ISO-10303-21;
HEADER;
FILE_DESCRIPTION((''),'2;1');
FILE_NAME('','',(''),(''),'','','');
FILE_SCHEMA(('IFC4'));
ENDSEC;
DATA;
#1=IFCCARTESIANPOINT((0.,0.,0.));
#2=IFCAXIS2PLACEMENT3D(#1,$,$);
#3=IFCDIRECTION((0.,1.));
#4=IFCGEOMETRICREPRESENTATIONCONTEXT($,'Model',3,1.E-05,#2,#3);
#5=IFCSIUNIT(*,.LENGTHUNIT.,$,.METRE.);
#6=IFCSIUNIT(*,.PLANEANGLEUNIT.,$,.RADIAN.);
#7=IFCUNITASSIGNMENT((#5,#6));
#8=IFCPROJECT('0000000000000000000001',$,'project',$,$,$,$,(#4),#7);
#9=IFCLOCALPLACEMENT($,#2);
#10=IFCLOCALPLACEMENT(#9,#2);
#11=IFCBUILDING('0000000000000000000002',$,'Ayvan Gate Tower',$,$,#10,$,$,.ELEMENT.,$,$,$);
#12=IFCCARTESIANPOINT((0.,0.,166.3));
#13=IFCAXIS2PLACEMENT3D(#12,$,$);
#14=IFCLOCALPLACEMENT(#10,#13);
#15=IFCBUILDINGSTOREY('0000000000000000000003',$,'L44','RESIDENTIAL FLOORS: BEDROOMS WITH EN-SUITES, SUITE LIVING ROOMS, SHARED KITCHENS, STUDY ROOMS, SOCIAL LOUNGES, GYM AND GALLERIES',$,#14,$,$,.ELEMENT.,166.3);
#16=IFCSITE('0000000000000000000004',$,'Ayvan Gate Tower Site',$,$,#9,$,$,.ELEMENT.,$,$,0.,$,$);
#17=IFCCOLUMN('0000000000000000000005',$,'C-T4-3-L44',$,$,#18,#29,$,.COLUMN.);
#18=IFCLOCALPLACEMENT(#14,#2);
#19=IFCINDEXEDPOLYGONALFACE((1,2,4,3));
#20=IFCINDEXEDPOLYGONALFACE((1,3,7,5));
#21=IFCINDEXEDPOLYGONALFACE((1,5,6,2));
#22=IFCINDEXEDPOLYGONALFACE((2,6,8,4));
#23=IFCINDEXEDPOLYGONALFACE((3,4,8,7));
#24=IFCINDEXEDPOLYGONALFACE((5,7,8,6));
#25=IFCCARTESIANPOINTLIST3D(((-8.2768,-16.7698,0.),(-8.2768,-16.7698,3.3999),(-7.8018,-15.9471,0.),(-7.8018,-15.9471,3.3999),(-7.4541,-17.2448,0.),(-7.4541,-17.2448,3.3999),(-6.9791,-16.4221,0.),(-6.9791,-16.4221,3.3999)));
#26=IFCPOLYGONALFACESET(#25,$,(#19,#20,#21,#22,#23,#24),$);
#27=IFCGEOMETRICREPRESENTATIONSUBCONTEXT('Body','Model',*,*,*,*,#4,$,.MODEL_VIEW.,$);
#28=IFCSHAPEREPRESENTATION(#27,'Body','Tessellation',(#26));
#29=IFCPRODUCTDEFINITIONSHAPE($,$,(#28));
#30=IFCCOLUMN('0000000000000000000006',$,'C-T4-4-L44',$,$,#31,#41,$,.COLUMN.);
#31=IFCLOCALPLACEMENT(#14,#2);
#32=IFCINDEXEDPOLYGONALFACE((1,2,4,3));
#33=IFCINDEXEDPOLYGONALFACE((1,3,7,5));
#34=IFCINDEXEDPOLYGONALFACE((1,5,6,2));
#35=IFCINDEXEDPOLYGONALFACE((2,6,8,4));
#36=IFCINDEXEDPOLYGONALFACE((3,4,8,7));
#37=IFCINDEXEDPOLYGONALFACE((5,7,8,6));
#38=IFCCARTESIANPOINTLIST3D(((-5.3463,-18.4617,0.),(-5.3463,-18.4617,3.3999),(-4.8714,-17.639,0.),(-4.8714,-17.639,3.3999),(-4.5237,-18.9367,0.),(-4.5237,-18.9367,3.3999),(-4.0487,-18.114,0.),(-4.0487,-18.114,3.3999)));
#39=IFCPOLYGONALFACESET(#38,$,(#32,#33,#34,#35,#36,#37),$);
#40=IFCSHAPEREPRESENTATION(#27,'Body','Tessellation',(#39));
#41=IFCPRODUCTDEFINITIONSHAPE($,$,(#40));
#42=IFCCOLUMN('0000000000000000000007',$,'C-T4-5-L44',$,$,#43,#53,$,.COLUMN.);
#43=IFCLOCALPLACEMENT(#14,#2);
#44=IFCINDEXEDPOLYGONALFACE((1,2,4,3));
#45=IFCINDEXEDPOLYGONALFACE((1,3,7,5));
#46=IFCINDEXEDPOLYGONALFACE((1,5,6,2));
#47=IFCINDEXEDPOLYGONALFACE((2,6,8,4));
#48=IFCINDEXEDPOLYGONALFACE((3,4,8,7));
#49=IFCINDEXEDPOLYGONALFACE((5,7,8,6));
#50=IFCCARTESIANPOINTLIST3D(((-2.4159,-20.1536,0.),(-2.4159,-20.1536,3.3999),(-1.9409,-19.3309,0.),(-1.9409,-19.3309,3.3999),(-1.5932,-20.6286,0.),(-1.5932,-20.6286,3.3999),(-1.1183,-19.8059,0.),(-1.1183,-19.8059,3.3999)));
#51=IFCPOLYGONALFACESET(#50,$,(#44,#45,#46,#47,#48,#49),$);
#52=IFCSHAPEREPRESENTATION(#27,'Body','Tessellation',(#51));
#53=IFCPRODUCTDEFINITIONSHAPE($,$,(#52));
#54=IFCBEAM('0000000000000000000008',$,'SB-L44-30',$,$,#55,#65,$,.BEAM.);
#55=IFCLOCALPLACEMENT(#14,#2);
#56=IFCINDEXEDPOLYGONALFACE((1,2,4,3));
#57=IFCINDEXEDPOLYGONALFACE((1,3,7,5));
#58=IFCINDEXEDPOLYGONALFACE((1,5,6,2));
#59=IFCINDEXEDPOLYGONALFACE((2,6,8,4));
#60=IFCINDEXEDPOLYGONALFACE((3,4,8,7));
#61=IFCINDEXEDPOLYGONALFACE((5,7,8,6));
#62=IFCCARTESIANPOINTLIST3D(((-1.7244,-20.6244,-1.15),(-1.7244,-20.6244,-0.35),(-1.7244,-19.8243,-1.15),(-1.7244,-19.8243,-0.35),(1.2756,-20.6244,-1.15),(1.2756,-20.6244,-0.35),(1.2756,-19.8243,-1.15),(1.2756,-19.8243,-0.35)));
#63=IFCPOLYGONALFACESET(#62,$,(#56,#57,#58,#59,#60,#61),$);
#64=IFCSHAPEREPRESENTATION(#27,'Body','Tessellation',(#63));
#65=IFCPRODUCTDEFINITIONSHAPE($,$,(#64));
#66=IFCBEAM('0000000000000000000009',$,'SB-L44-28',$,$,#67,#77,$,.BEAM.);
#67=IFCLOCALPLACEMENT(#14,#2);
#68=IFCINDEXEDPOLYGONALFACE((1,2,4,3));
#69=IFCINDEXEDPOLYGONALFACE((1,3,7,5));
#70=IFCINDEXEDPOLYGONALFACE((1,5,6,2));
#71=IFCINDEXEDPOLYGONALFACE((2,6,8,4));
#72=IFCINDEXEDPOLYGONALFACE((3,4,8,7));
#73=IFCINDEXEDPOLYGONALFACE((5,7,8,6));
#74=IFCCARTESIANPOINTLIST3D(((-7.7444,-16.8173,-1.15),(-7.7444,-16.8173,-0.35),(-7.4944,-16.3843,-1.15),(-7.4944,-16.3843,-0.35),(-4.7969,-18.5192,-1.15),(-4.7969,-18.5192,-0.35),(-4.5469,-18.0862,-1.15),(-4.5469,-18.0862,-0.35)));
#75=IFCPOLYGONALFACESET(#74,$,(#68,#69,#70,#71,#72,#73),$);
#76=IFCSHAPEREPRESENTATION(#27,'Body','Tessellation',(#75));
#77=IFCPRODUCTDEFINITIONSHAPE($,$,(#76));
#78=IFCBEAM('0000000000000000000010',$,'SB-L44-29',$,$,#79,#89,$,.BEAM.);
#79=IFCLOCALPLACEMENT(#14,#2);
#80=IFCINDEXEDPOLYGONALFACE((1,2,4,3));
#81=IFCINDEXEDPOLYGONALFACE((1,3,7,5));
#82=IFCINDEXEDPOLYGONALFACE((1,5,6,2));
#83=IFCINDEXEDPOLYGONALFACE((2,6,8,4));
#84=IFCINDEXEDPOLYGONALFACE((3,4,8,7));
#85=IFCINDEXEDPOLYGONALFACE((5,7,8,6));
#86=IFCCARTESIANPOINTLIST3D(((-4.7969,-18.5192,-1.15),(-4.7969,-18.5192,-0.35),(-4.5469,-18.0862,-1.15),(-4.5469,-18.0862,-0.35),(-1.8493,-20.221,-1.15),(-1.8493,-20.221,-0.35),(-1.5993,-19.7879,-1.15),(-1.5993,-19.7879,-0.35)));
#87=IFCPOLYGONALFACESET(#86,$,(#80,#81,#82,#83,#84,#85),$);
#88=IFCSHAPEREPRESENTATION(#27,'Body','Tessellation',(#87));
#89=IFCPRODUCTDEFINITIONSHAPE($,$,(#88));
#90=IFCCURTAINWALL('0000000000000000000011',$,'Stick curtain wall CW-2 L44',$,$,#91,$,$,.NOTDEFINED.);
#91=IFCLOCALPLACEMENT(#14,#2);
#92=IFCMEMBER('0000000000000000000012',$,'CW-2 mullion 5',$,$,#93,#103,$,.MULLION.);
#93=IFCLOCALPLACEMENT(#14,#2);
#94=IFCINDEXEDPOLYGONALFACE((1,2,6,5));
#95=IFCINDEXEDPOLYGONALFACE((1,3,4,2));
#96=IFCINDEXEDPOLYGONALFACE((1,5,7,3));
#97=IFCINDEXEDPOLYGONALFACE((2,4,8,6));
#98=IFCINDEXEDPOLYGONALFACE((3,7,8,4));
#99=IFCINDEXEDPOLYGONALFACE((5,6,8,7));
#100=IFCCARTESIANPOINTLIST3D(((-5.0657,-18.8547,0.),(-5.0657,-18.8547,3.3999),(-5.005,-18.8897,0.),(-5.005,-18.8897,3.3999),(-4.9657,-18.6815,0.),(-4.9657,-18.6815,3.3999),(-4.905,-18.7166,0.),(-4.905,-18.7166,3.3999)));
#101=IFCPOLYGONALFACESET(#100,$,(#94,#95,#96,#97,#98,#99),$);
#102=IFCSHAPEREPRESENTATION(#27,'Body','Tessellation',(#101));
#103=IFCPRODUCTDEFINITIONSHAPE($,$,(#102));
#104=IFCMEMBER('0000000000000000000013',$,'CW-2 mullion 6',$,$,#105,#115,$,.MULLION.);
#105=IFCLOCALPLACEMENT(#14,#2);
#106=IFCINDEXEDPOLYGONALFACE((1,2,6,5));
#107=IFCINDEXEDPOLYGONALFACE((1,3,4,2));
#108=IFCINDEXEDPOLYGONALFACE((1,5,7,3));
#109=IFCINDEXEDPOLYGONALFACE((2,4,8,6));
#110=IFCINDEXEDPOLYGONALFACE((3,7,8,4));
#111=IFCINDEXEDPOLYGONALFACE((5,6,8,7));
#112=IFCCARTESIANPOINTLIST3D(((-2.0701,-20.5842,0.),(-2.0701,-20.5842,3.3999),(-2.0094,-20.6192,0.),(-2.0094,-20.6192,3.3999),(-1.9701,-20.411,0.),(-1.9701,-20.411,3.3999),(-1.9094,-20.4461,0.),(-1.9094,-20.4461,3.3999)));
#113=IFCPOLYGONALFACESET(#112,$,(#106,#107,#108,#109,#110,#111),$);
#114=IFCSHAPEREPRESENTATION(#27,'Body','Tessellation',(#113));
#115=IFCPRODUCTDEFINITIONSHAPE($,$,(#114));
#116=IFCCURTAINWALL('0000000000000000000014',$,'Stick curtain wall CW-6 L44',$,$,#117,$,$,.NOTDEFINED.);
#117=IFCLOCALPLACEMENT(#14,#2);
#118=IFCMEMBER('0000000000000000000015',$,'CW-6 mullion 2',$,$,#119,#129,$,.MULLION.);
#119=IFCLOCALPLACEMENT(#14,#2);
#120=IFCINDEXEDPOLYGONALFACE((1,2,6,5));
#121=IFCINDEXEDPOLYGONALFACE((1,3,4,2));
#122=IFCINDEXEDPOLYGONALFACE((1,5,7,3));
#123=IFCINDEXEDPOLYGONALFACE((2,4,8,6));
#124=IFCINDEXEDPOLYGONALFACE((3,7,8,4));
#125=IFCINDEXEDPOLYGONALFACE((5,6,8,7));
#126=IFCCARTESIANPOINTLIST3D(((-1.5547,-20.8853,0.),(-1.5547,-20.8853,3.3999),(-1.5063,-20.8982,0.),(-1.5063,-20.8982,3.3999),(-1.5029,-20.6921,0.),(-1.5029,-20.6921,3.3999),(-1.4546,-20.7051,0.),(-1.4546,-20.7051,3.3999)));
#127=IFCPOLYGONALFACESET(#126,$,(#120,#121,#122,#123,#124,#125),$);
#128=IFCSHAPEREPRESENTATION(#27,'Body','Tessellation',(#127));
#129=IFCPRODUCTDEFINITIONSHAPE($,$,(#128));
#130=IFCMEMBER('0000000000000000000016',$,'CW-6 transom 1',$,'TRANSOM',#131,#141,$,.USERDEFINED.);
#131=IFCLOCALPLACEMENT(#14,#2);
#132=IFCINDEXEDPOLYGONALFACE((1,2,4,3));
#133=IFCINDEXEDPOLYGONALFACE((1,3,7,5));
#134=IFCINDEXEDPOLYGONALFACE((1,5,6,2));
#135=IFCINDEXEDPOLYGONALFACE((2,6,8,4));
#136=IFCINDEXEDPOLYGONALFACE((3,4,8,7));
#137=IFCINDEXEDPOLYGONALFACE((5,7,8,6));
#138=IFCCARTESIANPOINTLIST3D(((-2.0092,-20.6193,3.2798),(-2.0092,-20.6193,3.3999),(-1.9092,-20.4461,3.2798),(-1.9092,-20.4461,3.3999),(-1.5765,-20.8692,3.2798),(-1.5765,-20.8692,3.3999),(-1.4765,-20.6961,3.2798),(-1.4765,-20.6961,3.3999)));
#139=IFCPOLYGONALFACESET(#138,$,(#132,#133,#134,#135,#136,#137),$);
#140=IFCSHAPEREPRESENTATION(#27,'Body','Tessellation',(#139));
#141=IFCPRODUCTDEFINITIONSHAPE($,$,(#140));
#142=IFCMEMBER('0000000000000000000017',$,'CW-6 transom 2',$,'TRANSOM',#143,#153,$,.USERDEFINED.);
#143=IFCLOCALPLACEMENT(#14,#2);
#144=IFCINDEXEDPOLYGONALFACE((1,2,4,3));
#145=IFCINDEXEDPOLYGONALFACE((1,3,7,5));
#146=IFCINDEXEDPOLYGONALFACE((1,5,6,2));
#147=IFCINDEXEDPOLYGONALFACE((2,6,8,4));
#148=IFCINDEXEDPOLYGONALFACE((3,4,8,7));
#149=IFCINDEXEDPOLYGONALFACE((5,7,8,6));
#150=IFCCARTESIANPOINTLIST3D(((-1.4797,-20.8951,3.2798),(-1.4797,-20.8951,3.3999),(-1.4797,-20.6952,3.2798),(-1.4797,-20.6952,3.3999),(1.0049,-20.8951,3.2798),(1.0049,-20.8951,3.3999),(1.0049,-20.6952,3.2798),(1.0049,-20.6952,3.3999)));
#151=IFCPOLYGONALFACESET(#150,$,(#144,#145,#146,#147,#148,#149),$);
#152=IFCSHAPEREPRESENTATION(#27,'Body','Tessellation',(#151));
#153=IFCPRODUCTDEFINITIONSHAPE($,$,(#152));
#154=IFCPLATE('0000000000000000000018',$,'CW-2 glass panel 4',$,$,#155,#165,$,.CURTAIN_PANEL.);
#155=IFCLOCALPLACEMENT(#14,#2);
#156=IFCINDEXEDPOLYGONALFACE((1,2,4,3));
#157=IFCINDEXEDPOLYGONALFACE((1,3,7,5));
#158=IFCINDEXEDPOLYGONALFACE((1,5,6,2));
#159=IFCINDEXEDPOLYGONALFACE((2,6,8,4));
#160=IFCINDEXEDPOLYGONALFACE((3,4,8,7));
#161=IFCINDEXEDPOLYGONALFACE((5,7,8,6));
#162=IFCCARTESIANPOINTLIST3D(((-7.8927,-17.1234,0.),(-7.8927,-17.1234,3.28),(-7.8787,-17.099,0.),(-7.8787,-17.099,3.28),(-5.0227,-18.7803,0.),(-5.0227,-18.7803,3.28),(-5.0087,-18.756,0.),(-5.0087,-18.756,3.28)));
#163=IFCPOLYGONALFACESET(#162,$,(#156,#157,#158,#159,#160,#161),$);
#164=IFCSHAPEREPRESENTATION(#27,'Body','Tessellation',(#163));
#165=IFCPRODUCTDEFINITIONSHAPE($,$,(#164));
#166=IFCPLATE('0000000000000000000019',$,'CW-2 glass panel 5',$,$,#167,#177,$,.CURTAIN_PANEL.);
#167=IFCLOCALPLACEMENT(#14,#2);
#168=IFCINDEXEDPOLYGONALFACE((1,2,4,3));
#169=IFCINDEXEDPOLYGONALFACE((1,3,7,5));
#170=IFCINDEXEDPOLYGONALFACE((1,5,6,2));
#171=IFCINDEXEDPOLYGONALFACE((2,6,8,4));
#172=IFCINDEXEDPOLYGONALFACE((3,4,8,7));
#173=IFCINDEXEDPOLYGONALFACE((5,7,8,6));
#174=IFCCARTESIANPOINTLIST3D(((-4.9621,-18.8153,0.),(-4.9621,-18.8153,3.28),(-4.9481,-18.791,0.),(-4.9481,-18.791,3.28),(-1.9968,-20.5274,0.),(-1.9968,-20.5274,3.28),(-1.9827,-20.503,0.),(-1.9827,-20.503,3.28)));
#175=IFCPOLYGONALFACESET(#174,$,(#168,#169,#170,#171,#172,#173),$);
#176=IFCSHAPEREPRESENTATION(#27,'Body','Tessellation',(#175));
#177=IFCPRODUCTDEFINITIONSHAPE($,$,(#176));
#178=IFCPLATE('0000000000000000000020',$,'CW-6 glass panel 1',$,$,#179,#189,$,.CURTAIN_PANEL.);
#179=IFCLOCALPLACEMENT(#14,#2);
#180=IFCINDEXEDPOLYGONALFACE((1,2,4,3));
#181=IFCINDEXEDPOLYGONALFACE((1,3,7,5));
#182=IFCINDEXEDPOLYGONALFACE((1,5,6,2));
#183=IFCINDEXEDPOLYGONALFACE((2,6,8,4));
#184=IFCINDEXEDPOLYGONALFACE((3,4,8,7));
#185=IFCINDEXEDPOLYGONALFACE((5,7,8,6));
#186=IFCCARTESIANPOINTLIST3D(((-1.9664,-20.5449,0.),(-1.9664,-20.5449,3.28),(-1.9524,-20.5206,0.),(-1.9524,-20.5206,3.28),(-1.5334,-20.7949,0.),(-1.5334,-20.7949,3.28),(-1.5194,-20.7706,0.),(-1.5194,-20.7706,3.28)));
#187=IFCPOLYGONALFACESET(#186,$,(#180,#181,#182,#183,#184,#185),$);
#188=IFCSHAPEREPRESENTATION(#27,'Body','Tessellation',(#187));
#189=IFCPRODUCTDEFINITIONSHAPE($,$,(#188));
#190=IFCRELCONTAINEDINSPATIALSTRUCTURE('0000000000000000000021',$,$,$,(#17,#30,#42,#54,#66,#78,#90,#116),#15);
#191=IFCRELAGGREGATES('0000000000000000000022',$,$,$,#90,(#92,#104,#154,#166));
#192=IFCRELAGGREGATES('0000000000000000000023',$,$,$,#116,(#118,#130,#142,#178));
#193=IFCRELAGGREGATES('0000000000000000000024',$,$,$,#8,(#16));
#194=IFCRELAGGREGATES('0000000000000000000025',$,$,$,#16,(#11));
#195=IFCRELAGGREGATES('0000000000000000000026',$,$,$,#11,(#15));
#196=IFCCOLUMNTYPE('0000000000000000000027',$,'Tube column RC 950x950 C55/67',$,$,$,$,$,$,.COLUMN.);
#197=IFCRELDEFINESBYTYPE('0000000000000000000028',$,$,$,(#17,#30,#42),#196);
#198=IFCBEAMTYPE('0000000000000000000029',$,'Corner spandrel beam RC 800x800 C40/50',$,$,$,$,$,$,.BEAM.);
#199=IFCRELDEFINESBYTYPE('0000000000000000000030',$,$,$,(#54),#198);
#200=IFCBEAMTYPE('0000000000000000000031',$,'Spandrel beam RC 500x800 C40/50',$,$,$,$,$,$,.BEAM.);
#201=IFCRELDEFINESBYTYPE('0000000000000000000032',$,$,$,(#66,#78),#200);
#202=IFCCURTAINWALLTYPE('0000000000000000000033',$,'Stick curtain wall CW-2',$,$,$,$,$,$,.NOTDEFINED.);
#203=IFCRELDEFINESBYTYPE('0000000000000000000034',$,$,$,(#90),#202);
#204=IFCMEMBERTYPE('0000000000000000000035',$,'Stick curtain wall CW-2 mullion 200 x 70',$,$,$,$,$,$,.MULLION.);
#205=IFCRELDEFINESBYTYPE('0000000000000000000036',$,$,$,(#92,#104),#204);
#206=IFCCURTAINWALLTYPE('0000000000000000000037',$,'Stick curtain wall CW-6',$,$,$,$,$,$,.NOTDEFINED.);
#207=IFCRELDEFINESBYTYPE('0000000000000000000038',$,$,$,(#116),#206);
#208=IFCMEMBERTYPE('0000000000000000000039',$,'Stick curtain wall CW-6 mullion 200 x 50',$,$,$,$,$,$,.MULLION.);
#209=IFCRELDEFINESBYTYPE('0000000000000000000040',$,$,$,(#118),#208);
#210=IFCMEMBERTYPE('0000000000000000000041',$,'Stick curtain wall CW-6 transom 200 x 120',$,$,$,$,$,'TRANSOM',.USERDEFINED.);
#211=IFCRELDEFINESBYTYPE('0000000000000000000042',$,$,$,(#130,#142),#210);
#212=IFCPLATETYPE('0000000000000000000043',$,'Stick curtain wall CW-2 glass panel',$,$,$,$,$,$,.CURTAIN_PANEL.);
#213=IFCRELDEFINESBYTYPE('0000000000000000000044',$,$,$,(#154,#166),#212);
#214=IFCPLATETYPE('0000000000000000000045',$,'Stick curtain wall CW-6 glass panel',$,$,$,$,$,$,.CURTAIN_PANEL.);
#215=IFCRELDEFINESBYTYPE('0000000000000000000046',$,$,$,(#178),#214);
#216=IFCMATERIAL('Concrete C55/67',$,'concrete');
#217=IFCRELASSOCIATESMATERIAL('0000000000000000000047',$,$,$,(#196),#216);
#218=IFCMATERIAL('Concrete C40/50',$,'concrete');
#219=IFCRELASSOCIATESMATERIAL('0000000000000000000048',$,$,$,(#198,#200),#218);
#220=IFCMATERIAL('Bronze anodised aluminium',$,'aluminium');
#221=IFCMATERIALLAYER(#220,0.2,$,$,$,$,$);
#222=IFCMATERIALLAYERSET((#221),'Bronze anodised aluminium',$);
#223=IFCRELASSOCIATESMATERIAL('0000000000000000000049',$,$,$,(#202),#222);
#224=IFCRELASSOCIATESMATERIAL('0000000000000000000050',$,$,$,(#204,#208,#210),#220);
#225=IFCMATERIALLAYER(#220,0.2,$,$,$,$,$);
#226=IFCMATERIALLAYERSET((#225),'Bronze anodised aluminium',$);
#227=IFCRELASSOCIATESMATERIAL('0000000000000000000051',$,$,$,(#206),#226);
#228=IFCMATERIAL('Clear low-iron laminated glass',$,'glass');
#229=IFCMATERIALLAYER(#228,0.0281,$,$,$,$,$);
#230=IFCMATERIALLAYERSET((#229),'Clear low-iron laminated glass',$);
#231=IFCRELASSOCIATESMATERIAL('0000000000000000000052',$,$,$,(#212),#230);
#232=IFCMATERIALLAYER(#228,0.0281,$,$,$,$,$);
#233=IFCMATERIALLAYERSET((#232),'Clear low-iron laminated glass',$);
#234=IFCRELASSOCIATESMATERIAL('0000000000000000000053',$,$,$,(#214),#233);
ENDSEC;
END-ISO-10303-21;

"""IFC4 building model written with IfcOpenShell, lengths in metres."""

from ifc_helpers import new_model, si_unit, direction, frame, origin, origin_2d, place, context, subcontext, project, spatial, rectangle, extrude, material, layer, layer_set, material_profile, profile_set, type_object, element, aggregate, save


model = new_model("IFC4")

# Units and contexts
model_context = context("Model", 3, precision=1e-05, world=origin(), true_north=direction((0.0, 1.0)))
body_context = subcontext(model_context, "Body", "Model", "MODEL_VIEW")
ifc_project = project(units=[si_unit("LENGTHUNIT", "METRE"), si_unit("PLANEANGLEUNIT", "RADIAN")], contexts=[model_context])

# Site, building, storey
site_placement = place(None, origin())
site = spatial("IfcSite", under=ifc_project, at=site_placement, Name="Ayvan Gate Tower Site", CompositionType="ELEMENT", RefElevation=0.0)
building_placement = place(site_placement, origin())
building = spatial("IfcBuilding", under=site, at=building_placement, Name="Ayvan Gate Tower", CompositionType="ELEMENT")
storey_placement = place(building_placement, frame((0.0, 0.0, 166.3)))
storey = spatial("IfcBuildingStorey", under=building, at=storey_placement, Name="L44", Description="RESIDENTIAL FLOORS: BEDROOMS WITH EN-SUITES, SUITE LIVING ROOMS, SHARED KITCHENS, STUDY ROOMS, SOCIAL LOUNGES, GYM AND GALLERIES", CompositionType="ELEMENT", Elevation=166.3)

# Columns
ifc_material_1 = material(Name="Concrete C55/67", Category="concrete")
ifc_material_profile_1 = material_profile(ifc_material_1, rectangle(XDim=0.95, YDim=0.95, at=origin_2d()), Name="RC 950x950")
ifc_profile_set_1 = profile_set([ifc_material_profile_1], Name="Concrete C55/67")
column_type = type_object("IfcColumnType", Name="Tube column RC 950x950 C55/67", PredefinedType="COLUMN", material=ifc_profile_set_1)
for number, where, z_axis, x_axis, name in (
    (1, (-7.6279, -16.5959, 0.0), (0.0, 0.0, 1.0), (-0.5, -0.866025, 0.0), "C-T4-3-L44"),
    (2, (-4.6975, -18.2878, 0.0), (0.0, 0.0, 1.0), (-0.5, -0.866025, 0.0), "C-T4-4-L44"),
    (3, (-1.7671, -19.9797, 0.0), (0.0, 0.0, 1.0), (-0.5, -0.866025, 0.0), "C-T4-5-L44"),
):
    element("IfcColumn", number, at=place(storey_placement, frame(where, z_axis=z_axis, x_axis=x_axis)), inside=storey, type_object=column_type, Name=name, PredefinedType="COLUMN", context=body_context, shape_type="SweptSolid", body=[
        extrude(rectangle(XDim=0.95, YDim=0.95, at=origin_2d()), origin(), (0.0, 0.0, 1.0), 3.3999),
    ])

# Beams
ifc_material_2 = material(Name="Concrete C40/50", Category="concrete")
ifc_material_profile_2 = material_profile(ifc_material_2, rectangle(XDim=0.8, YDim=0.8, at=origin_2d()), Name="RC 800x800")
ifc_profile_set_2 = profile_set([ifc_material_profile_2], Name="Concrete C40/50")
beam_type_1 = type_object("IfcBeamType", Name="Corner spandrel beam RC 800x800 C40/50", PredefinedType="BEAM", material=ifc_profile_set_2)
beam_placement = place(storey_placement, frame((-1.7244, -20.2244, -0.75), z_axis=(1.0, 0.0, 0.0), x_axis=(0.0, 1.0, 0.0)))
element("IfcBeam", 4, at=beam_placement, inside=storey, type_object=beam_type_1, Name="SB-L44-30", PredefinedType="BEAM", context=body_context, shape_type="SweptSolid", body=[
    extrude(rectangle(XDim=0.8, YDim=0.8, at=origin_2d()), origin(), (0.0, 0.0, 1.0), 3.0),
])
ifc_material_profile_3 = material_profile(ifc_material_2, rectangle(XDim=0.5, YDim=0.8, at=origin_2d()), Name="RC 500x800")
ifc_profile_set_3 = profile_set([ifc_material_profile_3], Name="Concrete C40/50")
beam_type_2 = type_object("IfcBeamType", Name="Spandrel beam RC 500x800 C40/50", PredefinedType="BEAM", material=ifc_profile_set_3)
for number, where, z_axis, x_axis, name in (
    (5, (-7.6194, -16.6008, -0.75), (0.866005, -0.500035, 0.0), (0.500035, 0.866005, 0.0), "SB-L44-28"),
    (6, (-4.6719, -18.3027, -0.75), (0.866036, -0.499981, 0.0), (0.499981, 0.866036, 0.0), "SB-L44-29"),
):
    element("IfcBeam", number, at=place(storey_placement, frame(where, z_axis=z_axis, x_axis=x_axis)), inside=storey, type_object=beam_type_2, Name=name, PredefinedType="BEAM", context=body_context, shape_type="SweptSolid", body=[
        extrude(rectangle(XDim=0.5, YDim=0.8, at=origin_2d()), origin(), (0.0, 0.0, 1.0), 3.4036),
    ])

# Curtain walls, members
ifc_material_3 = material(Name="Bronze anodised aluminium", Category="aluminium")
ifc_layer_1 = layer(ifc_material_3, 0.2)
ifc_layer_set_1 = layer_set([ifc_layer_1], Name="Bronze anodised aluminium")
curtain_wall_type_1 = type_object("IfcCurtainWallType", Name="Stick curtain wall CW-2", PredefinedType="NOTDEFINED", material=ifc_layer_set_1)
curtain_wall_1_placement = place(storey_placement, origin())
curtain_wall_1 = element("IfcCurtainWall", 7, at=curtain_wall_1_placement, inside=storey, type_object=curtain_wall_type_1, Name="Stick curtain wall CW-2 L44", PredefinedType="NOTDEFINED")
ifc_material_profile_4 = material_profile(ifc_material_3, rectangle(XDim=0.2, YDim=0.0701, at=origin_2d()), Name="Stick curtain wall CW-2 mullion 200 x 70")
ifc_profile_set_4 = profile_set([ifc_material_profile_4], Name="Bronze anodised aluminium")
member_type_1 = type_object("IfcMemberType", Name="Stick curtain wall CW-2 mullion 200 x 70", PredefinedType="MULLION", material=ifc_profile_set_4)
member_1_placement = place(storey_placement, frame((-4.9854, -18.7856, 0.0), z_axis=(0.0, 0.0, 1.0), x_axis=(-0.5, -0.866025, 0.0)))
member_1 = element("IfcMember", 8, at=member_1_placement, type_object=member_type_1, Name="CW-2 mullion 5", PredefinedType="MULLION", context=body_context, shape_type="SweptSolid", body=[
    extrude(rectangle(XDim=0.2, YDim=0.0701, at=origin_2d()), origin(), (0.0, 0.0, 1.0), 3.3999),
])
member_2_placement = place(storey_placement, frame((-1.9897, -20.5151, 0.0), z_axis=(0.0, 0.0, 1.0), x_axis=(-0.5, -0.866025, 0.0)))
member_2 = element("IfcMember", 9, at=member_2_placement, type_object=member_type_1, Name="CW-2 mullion 6", PredefinedType="MULLION", context=body_context, shape_type="SweptSolid", body=[
    extrude(rectangle(XDim=0.2, YDim=0.0701, at=origin_2d()), origin(), (0.0, 0.0, 1.0), 3.3999),
])
ifc_layer_2 = layer(ifc_material_3, 0.2)
ifc_layer_set_2 = layer_set([ifc_layer_2], Name="Bronze anodised aluminium")
curtain_wall_type_2 = type_object("IfcCurtainWallType", Name="Stick curtain wall CW-6", PredefinedType="NOTDEFINED", material=ifc_layer_set_2)
curtain_wall_2_placement = place(storey_placement, origin())
curtain_wall_2 = element("IfcCurtainWall", 10, at=curtain_wall_2_placement, inside=storey, type_object=curtain_wall_type_2, Name="Stick curtain wall CW-6 L44", PredefinedType="NOTDEFINED")
ifc_material_profile_5 = material_profile(ifc_material_3, rectangle(XDim=0.2, YDim=0.05, at=origin_2d()), Name="Stick curtain wall CW-6 mullion 200 x 50")
ifc_profile_set_5 = profile_set([ifc_material_profile_5], Name="Bronze anodised aluminium")
member_type_2 = type_object("IfcMemberType", Name="Stick curtain wall CW-6 mullion 200 x 50", PredefinedType="MULLION", material=ifc_profile_set_5)
member_3_placement = place(storey_placement, frame((-1.5046, -20.7952, 0.0), z_axis=(0.0, 0.0, 1.0), x_axis=(-0.258819, -0.965926, 0.0)))
member_3 = element("IfcMember", 11, at=member_3_placement, type_object=member_type_2, Name="CW-6 mullion 2", PredefinedType="MULLION", context=body_context, shape_type="SweptSolid", body=[
    extrude(rectangle(XDim=0.2, YDim=0.05, at=origin_2d()), origin(), (0.0, 0.0, 1.0), 3.3999),
])
ifc_material_profile_6 = material_profile(ifc_material_3, rectangle(XDim=0.2, YDim=0.1201, at=origin_2d()), Name="Stick curtain wall CW-6 transom 200 x 120")
ifc_profile_set_6 = profile_set([ifc_material_profile_6], Name="Bronze anodised aluminium")
member_type_3 = type_object("IfcMemberType", Name="Stick curtain wall CW-6 transom 200 x 120", ElementType="TRANSOM", PredefinedType="USERDEFINED", material=ifc_profile_set_6)
member_4_placement = place(storey_placement, frame((-1.9592, -20.5327, 3.3398), z_axis=(0.86595, -0.500131, 0.0), x_axis=(0.500131, 0.86595, 0.0)))
member_4 = element("IfcMember", 12, at=member_4_placement, type_object=member_type_3, Name="CW-6 transom 1", ObjectType="TRANSOM", PredefinedType="USERDEFINED", context=body_context, shape_type="SweptSolid", body=[
    extrude(rectangle(XDim=0.2, YDim=0.1201, at=origin_2d()), origin(), (0.0, 0.0, 1.0), 0.4998),
])
member_5_placement = place(storey_placement, frame((-1.4797, -20.7952, 3.3398), z_axis=(1.0, 0.0, 0.0), x_axis=(0.0, 1.0, 0.0)))
member_5 = element("IfcMember", 13, at=member_5_placement, type_object=member_type_3, Name="CW-6 transom 2", ObjectType="TRANSOM", PredefinedType="USERDEFINED", context=body_context, shape_type="SweptSolid", body=[
    extrude(rectangle(XDim=0.2, YDim=0.1201, at=origin_2d()), origin(), (0.0, 0.0, 1.0), 2.4846),
])

# Plates
ifc_material_4 = material(Name="Clear low-iron laminated glass", Category="glass")
ifc_layer_3 = layer(ifc_material_4, 0.0281)
ifc_layer_set_3 = layer_set([ifc_layer_3], Name="Clear low-iron laminated glass")
plate_type_1 = type_object("IfcPlateType", Name="Stick curtain wall CW-2 glass panel", PredefinedType="CURTAIN_PANEL", material=ifc_layer_set_3)
plate_1_placement = place(storey_placement, frame((-6.4507, -17.9397, 0.0), z_axis=(0.0, 0.0, 1.0), x_axis=(0.866025, -0.5, 0.0)))
plate_1 = element("IfcPlate", 14, at=plate_1_placement, type_object=plate_type_1, Name="CW-2 glass panel 4", PredefinedType="CURTAIN_PANEL", context=body_context, shape_type="SweptSolid", body=[
    extrude(rectangle(XDim=3.314, YDim=0.0281, at=origin_2d()), origin(), (0.0, 0.0, 1.0), 3.28),
])
plate_2_placement = place(storey_placement, frame((-3.4724, -19.6592, 0.0), z_axis=(0.0, 0.0, 1.0), x_axis=(0.866025, -0.5, 0.0)))
plate_2 = element("IfcPlate", 15, at=plate_2_placement, type_object=plate_type_1, Name="CW-2 glass panel 5", PredefinedType="CURTAIN_PANEL", context=body_context, shape_type="SweptSolid", body=[
    extrude(rectangle(XDim=3.4241, YDim=0.0281, at=origin_2d()), origin(), (0.0, 0.0, 1.0), 3.28),
])
aggregate(curtain_wall_1, [member_1, member_2, plate_1, plate_2])
ifc_layer_4 = layer(ifc_material_4, 0.0281)
ifc_layer_set_4 = layer_set([ifc_layer_4], Name="Clear low-iron laminated glass")
plate_type_2 = type_object("IfcPlateType", Name="Stick curtain wall CW-6 glass panel", PredefinedType="CURTAIN_PANEL", material=ifc_layer_set_4)
plate_3_placement = place(storey_placement, frame((-1.7429, -20.6577, 0.0), z_axis=(0.0, 0.0, 1.0), x_axis=(0.866025, -0.5, 0.0)))
plate_3 = element("IfcPlate", 16, at=plate_3_placement, type_object=plate_type_2, Name="CW-6 glass panel 1", PredefinedType="CURTAIN_PANEL", context=body_context, shape_type="SweptSolid", body=[
    extrude(rectangle(XDim=0.5, YDim=0.0281, at=origin_2d()), origin(), (0.0, 0.0, 1.0), 3.28),
])
aggregate(curtain_wall_2, [member_3, member_4, member_5, plate_3])

save(model, "model.ifc")
